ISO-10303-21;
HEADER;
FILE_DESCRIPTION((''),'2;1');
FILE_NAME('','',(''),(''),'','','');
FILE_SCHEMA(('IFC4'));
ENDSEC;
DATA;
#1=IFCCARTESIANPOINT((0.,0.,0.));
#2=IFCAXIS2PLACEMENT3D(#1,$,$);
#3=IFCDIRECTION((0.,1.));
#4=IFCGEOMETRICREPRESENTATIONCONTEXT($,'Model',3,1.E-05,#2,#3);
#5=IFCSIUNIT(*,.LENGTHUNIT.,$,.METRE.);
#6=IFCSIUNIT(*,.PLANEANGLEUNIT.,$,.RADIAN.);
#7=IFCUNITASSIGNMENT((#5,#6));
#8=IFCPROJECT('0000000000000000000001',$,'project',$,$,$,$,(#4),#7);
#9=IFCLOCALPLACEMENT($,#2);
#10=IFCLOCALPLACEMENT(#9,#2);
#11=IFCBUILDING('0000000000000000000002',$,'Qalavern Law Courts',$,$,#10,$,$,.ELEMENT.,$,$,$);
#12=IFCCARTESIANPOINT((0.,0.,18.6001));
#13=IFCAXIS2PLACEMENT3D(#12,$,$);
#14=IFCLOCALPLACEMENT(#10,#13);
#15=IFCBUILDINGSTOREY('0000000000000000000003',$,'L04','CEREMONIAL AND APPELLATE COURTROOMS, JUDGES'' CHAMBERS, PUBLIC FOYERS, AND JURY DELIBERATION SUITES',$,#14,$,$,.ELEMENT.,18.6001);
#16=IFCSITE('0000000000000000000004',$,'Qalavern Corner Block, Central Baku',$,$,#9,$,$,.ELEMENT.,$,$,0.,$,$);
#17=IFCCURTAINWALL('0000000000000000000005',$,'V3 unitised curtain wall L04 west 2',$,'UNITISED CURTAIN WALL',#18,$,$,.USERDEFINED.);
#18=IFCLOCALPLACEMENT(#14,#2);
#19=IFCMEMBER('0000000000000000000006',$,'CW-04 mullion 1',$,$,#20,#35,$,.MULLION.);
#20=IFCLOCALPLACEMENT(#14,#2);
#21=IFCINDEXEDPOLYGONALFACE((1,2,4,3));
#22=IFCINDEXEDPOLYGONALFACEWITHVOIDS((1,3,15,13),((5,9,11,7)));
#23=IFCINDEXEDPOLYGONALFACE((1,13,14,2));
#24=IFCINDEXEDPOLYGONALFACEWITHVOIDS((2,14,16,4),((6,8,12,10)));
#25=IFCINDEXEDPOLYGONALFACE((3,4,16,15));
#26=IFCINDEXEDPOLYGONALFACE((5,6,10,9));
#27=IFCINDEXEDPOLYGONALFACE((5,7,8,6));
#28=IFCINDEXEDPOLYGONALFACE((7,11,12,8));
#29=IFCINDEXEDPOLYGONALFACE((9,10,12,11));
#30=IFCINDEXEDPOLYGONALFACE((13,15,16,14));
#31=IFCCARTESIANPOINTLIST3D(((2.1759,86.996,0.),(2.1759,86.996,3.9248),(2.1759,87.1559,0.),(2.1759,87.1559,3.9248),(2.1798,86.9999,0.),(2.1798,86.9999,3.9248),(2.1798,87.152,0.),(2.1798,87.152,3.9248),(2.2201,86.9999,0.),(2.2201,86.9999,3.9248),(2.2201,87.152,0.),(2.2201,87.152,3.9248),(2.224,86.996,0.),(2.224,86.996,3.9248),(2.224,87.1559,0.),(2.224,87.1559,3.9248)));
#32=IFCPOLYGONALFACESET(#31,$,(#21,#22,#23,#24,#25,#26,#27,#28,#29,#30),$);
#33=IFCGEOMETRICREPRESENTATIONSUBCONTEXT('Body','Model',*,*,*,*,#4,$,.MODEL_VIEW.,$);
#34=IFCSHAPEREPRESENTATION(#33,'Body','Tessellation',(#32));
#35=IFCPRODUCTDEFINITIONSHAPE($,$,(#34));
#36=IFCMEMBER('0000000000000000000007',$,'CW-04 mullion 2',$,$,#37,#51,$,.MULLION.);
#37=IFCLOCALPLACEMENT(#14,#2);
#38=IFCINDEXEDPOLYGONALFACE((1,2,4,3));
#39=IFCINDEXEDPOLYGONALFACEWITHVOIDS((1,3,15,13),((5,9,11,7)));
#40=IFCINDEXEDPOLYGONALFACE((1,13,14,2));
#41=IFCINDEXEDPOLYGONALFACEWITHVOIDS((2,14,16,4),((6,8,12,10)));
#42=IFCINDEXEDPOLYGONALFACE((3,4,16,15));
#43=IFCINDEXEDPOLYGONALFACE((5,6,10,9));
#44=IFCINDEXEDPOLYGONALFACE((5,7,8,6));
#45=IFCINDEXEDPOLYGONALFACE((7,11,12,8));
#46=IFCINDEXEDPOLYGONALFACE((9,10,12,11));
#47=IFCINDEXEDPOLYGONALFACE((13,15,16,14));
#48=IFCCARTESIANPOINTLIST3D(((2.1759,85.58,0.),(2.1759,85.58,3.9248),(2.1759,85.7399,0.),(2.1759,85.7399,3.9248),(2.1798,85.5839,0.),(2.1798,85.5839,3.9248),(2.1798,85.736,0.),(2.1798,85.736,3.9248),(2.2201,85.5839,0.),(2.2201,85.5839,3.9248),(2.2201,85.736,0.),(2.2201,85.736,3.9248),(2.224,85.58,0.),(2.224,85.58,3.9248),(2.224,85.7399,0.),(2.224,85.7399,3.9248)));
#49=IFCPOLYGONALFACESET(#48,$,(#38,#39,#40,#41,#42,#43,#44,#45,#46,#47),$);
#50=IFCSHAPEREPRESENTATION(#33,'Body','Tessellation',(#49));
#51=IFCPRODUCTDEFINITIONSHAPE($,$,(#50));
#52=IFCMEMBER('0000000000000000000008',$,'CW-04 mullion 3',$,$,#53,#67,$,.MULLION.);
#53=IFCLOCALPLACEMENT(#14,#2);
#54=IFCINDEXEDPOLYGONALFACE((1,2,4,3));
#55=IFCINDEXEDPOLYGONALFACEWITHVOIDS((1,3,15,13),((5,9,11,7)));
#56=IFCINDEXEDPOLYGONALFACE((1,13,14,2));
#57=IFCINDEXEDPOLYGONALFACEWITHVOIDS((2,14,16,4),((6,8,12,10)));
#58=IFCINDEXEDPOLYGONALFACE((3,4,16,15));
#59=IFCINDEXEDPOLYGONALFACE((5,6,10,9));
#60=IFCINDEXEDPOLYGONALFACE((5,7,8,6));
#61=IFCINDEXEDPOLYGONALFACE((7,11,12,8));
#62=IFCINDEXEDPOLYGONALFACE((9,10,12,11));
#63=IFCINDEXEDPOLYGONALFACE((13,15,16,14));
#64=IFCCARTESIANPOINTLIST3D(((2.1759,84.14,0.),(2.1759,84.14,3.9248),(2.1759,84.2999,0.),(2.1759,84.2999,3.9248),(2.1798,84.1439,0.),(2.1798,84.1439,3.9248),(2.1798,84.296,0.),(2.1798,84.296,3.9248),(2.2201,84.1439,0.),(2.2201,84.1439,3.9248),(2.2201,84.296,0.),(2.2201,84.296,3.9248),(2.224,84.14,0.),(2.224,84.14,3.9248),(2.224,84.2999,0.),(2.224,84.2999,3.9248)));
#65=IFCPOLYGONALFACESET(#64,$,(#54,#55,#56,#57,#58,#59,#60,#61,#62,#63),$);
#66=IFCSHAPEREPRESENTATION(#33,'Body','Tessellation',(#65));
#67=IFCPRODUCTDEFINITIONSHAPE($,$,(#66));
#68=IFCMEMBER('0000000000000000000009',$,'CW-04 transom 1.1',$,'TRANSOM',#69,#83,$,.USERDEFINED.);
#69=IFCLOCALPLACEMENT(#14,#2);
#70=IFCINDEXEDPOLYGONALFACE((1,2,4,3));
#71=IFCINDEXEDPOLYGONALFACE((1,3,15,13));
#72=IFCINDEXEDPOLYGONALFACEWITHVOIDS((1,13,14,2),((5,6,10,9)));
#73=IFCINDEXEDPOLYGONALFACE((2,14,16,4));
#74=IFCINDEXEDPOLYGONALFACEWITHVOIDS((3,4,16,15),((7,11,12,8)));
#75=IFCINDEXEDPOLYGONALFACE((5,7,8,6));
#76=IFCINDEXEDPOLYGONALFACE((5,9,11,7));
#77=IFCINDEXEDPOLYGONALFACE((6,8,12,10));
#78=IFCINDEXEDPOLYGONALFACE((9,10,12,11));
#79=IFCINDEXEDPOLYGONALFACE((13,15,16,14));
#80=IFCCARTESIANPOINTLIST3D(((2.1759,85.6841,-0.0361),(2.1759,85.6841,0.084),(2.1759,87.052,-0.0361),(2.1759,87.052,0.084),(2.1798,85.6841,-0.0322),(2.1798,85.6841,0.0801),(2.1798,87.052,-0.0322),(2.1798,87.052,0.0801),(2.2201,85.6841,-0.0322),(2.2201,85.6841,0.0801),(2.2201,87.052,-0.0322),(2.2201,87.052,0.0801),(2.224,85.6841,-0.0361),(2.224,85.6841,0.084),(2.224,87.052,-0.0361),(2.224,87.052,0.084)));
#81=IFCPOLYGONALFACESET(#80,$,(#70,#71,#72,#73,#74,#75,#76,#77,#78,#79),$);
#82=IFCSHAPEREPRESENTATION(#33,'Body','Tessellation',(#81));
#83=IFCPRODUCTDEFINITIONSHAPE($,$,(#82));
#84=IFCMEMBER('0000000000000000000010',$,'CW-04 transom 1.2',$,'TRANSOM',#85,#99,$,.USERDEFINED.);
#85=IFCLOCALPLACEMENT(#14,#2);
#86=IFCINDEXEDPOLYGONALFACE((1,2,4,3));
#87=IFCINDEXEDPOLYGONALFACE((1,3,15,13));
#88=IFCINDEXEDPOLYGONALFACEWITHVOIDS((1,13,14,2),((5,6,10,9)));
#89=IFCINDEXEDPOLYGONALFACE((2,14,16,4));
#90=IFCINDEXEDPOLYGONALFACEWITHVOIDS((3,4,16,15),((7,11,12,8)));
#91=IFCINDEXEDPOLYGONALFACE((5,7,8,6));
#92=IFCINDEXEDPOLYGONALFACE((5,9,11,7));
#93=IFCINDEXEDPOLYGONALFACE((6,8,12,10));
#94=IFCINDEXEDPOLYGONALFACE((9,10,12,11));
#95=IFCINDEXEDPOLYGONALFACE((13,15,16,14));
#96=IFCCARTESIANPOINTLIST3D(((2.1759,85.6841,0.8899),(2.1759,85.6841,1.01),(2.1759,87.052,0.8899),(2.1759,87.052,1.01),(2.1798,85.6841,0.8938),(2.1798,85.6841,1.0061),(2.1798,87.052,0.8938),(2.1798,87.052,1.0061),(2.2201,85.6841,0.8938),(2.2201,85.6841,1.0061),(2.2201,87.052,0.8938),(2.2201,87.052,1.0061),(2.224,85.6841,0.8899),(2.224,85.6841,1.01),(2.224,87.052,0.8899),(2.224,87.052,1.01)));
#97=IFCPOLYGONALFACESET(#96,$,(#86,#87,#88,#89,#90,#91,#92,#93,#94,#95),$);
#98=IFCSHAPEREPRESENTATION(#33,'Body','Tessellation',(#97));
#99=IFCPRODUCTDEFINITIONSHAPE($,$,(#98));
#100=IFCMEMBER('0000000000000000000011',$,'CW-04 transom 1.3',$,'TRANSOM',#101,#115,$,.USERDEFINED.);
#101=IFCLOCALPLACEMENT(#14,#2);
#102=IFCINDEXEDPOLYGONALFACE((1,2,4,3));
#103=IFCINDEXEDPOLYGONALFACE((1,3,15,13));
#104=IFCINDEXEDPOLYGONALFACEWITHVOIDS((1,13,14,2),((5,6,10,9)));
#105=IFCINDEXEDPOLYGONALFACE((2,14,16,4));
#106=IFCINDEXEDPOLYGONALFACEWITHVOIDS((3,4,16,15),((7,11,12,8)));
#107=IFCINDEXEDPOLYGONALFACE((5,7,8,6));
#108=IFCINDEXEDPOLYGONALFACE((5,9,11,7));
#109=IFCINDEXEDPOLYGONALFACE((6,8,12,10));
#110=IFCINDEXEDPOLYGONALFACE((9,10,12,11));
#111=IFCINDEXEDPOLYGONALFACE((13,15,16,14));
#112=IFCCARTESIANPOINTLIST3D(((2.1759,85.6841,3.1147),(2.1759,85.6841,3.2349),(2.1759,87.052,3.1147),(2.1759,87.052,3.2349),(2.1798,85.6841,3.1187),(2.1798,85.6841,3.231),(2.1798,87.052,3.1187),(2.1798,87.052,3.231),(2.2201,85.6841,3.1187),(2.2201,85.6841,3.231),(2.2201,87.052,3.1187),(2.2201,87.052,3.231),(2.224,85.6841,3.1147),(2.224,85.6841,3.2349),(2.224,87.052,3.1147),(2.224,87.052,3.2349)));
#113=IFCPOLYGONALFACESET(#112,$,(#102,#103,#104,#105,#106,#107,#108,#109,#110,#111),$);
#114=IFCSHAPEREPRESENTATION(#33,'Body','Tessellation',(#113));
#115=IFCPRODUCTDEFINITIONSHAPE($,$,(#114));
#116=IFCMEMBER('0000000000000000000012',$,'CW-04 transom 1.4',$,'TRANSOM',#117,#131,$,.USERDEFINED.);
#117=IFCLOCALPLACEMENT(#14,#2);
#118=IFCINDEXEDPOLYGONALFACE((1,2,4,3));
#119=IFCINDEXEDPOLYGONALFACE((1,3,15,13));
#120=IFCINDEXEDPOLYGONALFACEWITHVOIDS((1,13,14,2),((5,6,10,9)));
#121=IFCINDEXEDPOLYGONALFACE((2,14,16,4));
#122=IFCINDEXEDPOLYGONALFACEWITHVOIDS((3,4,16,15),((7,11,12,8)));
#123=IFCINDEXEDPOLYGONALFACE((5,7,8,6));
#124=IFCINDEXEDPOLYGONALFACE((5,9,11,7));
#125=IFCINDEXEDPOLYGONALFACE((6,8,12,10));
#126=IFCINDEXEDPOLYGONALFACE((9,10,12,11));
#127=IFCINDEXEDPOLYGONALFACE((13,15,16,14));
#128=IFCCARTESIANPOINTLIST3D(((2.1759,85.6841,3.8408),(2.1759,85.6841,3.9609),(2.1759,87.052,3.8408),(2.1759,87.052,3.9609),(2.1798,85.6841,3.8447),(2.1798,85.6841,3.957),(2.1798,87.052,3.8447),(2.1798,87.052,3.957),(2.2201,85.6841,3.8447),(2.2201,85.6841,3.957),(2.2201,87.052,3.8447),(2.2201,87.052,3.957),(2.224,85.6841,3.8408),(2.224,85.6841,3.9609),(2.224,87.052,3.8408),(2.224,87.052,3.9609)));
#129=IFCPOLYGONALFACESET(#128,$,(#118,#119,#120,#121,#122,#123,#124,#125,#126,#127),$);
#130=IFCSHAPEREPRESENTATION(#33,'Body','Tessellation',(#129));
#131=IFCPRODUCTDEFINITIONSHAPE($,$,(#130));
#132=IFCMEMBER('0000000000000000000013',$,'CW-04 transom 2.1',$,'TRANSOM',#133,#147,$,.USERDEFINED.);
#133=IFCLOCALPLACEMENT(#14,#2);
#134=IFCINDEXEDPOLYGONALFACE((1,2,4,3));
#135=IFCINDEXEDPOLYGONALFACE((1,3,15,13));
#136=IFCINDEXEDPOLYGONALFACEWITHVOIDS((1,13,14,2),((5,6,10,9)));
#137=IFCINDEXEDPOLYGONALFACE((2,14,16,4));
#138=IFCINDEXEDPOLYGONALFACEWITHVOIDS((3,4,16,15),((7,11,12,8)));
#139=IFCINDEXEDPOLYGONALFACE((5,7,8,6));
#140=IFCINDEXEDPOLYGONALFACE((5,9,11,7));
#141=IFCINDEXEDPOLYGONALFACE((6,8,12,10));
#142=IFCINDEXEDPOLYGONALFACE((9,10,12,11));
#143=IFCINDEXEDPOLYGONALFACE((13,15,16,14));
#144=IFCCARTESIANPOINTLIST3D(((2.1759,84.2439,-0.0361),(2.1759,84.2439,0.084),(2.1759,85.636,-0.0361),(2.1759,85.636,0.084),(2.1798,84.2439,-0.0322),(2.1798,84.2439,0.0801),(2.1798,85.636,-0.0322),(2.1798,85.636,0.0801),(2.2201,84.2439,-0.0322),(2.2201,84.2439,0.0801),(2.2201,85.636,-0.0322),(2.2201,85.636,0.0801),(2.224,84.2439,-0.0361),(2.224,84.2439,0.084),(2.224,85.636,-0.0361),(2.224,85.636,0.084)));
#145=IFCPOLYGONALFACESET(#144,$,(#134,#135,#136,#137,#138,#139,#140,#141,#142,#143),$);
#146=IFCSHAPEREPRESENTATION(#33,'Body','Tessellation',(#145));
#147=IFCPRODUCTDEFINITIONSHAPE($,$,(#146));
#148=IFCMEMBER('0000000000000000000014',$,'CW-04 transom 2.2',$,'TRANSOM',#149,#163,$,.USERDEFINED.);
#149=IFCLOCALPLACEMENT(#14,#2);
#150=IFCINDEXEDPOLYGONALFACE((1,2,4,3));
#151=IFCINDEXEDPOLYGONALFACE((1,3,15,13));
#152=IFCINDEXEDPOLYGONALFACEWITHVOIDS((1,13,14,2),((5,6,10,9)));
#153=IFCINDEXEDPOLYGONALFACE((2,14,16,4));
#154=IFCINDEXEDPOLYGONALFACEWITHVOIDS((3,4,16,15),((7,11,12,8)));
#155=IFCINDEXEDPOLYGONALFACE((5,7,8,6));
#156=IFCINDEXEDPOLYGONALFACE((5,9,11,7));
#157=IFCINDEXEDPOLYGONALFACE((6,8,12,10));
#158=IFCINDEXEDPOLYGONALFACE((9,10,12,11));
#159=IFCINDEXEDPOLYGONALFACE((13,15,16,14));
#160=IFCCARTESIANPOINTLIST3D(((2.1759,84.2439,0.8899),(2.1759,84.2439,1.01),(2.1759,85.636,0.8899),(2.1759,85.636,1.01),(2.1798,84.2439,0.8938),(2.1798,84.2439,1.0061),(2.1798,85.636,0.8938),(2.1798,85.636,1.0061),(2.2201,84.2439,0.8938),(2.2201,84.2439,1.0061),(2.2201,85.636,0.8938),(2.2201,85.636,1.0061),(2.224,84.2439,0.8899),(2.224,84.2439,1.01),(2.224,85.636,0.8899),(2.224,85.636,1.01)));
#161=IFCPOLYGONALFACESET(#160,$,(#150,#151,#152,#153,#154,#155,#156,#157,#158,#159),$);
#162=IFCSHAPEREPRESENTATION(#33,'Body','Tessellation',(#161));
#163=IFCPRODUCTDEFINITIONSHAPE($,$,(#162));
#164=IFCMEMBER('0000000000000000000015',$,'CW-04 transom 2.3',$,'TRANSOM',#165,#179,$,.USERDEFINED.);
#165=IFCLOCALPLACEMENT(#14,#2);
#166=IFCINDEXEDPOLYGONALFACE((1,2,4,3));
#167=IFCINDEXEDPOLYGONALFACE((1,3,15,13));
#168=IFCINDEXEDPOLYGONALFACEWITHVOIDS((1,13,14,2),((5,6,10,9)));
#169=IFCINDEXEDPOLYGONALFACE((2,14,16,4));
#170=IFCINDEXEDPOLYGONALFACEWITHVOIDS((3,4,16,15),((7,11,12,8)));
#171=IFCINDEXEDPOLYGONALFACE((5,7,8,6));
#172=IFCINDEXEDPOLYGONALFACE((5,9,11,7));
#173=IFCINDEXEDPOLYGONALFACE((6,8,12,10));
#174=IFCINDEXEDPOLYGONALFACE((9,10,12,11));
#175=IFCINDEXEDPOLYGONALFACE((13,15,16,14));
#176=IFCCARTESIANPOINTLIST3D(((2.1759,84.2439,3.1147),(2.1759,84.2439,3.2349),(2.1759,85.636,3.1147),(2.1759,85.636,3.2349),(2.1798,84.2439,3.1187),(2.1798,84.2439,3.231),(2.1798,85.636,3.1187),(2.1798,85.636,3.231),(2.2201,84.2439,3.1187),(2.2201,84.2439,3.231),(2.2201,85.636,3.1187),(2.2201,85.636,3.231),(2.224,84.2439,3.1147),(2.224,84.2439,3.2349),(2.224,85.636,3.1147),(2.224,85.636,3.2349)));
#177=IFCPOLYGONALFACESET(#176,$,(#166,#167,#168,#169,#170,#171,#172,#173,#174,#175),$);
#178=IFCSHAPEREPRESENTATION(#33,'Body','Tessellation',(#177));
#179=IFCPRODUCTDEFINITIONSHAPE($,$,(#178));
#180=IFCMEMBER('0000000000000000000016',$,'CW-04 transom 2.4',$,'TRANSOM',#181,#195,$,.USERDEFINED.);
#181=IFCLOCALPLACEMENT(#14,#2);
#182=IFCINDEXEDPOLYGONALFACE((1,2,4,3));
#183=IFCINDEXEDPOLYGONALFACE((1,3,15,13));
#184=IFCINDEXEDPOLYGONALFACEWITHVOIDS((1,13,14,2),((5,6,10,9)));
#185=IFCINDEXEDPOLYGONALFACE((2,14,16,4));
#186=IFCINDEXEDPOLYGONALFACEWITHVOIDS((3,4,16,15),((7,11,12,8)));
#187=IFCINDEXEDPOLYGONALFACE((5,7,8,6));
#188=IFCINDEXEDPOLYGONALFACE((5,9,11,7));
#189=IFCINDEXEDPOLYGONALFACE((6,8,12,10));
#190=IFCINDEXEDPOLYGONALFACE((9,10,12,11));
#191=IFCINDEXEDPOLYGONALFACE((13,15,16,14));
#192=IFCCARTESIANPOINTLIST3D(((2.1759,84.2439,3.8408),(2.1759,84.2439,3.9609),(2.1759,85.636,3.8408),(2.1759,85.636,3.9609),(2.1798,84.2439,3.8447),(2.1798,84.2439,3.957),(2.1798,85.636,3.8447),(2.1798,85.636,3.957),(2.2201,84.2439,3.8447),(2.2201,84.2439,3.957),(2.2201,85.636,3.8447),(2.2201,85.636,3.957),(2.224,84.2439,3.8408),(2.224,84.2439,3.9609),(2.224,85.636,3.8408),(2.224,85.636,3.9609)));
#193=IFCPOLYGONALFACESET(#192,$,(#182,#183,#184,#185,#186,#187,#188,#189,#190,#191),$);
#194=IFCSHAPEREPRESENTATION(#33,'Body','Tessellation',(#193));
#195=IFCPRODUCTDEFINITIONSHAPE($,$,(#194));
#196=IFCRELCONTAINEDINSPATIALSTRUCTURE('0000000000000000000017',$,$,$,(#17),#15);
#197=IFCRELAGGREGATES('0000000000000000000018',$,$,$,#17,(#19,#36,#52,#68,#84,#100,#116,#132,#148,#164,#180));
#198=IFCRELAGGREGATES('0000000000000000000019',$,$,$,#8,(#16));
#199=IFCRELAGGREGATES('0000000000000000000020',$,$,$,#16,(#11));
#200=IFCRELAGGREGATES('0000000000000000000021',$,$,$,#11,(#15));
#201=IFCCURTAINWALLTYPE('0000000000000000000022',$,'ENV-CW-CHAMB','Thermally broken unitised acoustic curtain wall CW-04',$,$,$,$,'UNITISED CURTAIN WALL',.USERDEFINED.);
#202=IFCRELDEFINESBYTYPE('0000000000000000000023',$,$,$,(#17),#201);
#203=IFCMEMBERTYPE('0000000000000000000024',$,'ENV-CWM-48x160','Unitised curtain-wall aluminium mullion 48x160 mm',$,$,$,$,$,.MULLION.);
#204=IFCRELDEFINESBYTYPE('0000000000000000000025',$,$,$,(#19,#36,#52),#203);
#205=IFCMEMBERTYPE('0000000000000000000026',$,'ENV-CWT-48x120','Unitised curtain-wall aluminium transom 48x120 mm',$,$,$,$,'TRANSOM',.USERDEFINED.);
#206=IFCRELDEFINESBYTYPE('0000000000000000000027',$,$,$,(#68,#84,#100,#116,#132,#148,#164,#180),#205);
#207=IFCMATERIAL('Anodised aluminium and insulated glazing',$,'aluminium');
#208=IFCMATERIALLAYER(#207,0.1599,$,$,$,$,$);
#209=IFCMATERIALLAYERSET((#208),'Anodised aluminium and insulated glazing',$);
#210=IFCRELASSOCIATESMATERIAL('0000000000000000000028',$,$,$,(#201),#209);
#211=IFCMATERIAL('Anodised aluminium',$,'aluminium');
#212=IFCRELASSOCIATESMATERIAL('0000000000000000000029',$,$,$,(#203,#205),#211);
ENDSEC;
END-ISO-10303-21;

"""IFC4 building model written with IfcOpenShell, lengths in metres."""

from ifc_helpers import new_model, si_unit, direction, frame, origin, origin_2d, place, context, subcontext, project, spatial, hollow_rectangle, extrude, material, layer, layer_set, material_profile, profile_set, type_object, element, aggregate, save


model = new_model("IFC4")

# Units and contexts
model_context = context("Model", 3, precision=1e-05, world=origin(), true_north=direction((0.0, 1.0)))
body_context = subcontext(model_context, "Body", "Model", "MODEL_VIEW")
ifc_project = project(units=[si_unit("LENGTHUNIT", "METRE"), si_unit("PLANEANGLEUNIT", "RADIAN")], contexts=[model_context])

# Site, building, storey
site_placement = place(None, origin())
site = spatial("IfcSite", under=ifc_project, at=site_placement, Name="Qalavern Corner Block, Central Baku", CompositionType="ELEMENT", RefElevation=0.0)
building_placement = place(site_placement, origin())
building = spatial("IfcBuilding", under=site, at=building_placement, Name="Qalavern Law Courts", CompositionType="ELEMENT")
storey_placement = place(building_placement, frame((0.0, 0.0, 18.6001)))
storey = spatial("IfcBuildingStorey", under=building, at=storey_placement, Name="L04", Description="CEREMONIAL AND APPELLATE COURTROOMS, JUDGES' CHAMBERS, PUBLIC FOYERS, AND JURY DELIBERATION SUITES", CompositionType="ELEMENT", Elevation=18.6001)

# Curtain wall, members
ifc_material_1 = material(Name="Anodised aluminium and insulated glazing", Category="aluminium")
ifc_layer_1 = layer(ifc_material_1, 0.1599)
ifc_layer_set_1 = layer_set([ifc_layer_1], Name="Anodised aluminium and insulated glazing")
curtain_wall_type = type_object("IfcCurtainWallType", Name="ENV-CW-CHAMB", Description="Thermally broken unitised acoustic curtain wall CW-04", ElementType="UNITISED CURTAIN WALL", PredefinedType="USERDEFINED", material=ifc_layer_set_1)
curtain_wall_placement = place(storey_placement, origin())
curtain_wall = element("IfcCurtainWall", 1, at=curtain_wall_placement, inside=storey, type_object=curtain_wall_type, Name="V3 unitised curtain wall L04 west 2", ObjectType="UNITISED CURTAIN WALL", PredefinedType="USERDEFINED")
ifc_material_2 = material(Name="Anodised aluminium", Category="aluminium")
ifc_material_profile_1 = material_profile(ifc_material_2, hollow_rectangle(XDim=0.0481, YDim=0.1599, WallThickness=0.0039, at=origin_2d()), Name="ALU MULLION 48x160")
ifc_profile_set_1 = profile_set([ifc_material_profile_1], Name="Anodised aluminium")
member_type_1 = type_object("IfcMemberType", Name="ENV-CWM-48x160", Description="Unitised curtain-wall aluminium mullion 48x160 mm", PredefinedType="MULLION", material=ifc_profile_set_1)
member_1_placement = place(storey_placement, frame((2.2, 87.0759, 0.0), z_axis=(0.0, 0.0, 1.0), x_axis=(1.0, 0.0, 0.0)))
member_1 = element("IfcMember", 2, at=member_1_placement, type_object=member_type_1, Name="CW-04 mullion 1", PredefinedType="MULLION", context=body_context, shape_type="SweptSolid", body=[
    extrude(hollow_rectangle(XDim=0.0481, YDim=0.1599, WallThickness=0.0039, at=origin_2d()), origin(), (0.0, 0.0, 1.0), 3.9248),
])
member_2_placement = place(storey_placement, frame((2.2, 85.6599, 0.0), z_axis=(0.0, 0.0, 1.0), x_axis=(1.0, 0.0, 0.0)))
member_2 = element("IfcMember", 3, at=member_2_placement, type_object=member_type_1, Name="CW-04 mullion 2", PredefinedType="MULLION", context=body_context, shape_type="SweptSolid", body=[
    extrude(hollow_rectangle(XDim=0.0481, YDim=0.1599, WallThickness=0.0039, at=origin_2d()), origin(), (0.0, 0.0, 1.0), 3.9248),
])
member_3_placement = place(storey_placement, frame((2.2, 84.22, 0.0), z_axis=(0.0, 0.0, 1.0), x_axis=(1.0, 0.0, 0.0)))
member_3 = element("IfcMember", 4, at=member_3_placement, type_object=member_type_1, Name="CW-04 mullion 3", PredefinedType="MULLION", context=body_context, shape_type="SweptSolid", body=[
    extrude(hollow_rectangle(XDim=0.0481, YDim=0.1599, WallThickness=0.0039, at=origin_2d()), origin(), (0.0, 0.0, 1.0), 3.9248),
])
ifc_material_profile_2 = material_profile(ifc_material_2, hollow_rectangle(XDim=0.0481, YDim=0.1201, WallThickness=0.0039, at=origin_2d()), Name="ALU TRANSOM 48x120")
ifc_profile_set_2 = profile_set([ifc_material_profile_2], Name="Anodised aluminium")
member_type_2 = type_object("IfcMemberType", Name="ENV-CWT-48x120", Description="Unitised curtain-wall aluminium transom 48x120 mm", ElementType="TRANSOM", PredefinedType="USERDEFINED", material=ifc_profile_set_2)
member_4_placement = place(storey_placement, frame((2.2, 87.052, 0.0239), z_axis=(0.0, -1.0, 0.0), x_axis=(1.0, 0.0, 0.0)))
member_4 = element("IfcMember", 5, at=member_4_placement, type_object=member_type_2, Name="CW-04 transom 1.1", ObjectType="TRANSOM", PredefinedType="USERDEFINED", context=body_context, shape_type="SweptSolid", body=[
    extrude(hollow_rectangle(XDim=0.0481, YDim=0.1201, WallThickness=0.0039, at=origin_2d()), origin(), (0.0, 0.0, 1.0), 1.3679),
])
member_5_placement = place(storey_placement, frame((2.2, 87.052, 0.95), z_axis=(0.0, -1.0, 0.0), x_axis=(1.0, 0.0, 0.0)))
member_5 = element("IfcMember", 6, at=member_5_placement, type_object=member_type_2, Name="CW-04 transom 1.2", ObjectType="TRANSOM", PredefinedType="USERDEFINED", context=body_context, shape_type="SweptSolid", body=[
    extrude(hollow_rectangle(XDim=0.0481, YDim=0.1201, WallThickness=0.0039, at=origin_2d()), origin(), (0.0, 0.0, 1.0), 1.3679),
])
member_6_placement = place(storey_placement, frame((2.2, 87.052, 3.1748), z_axis=(0.0, -1.0, 0.0), x_axis=(1.0, 0.0, 0.0)))
member_6 = element("IfcMember", 7, at=member_6_placement, type_object=member_type_2, Name="CW-04 transom 1.3", ObjectType="TRANSOM", PredefinedType="USERDEFINED", context=body_context, shape_type="SweptSolid", body=[
    extrude(hollow_rectangle(XDim=0.0481, YDim=0.1201, WallThickness=0.0039, at=origin_2d()), origin(), (0.0, 0.0, 1.0), 1.3679),
])
member_7_placement = place(storey_placement, frame((2.2, 87.052, 3.9009), z_axis=(0.0, -1.0, 0.0), x_axis=(1.0, 0.0, 0.0)))
member_7 = element("IfcMember", 8, at=member_7_placement, type_object=member_type_2, Name="CW-04 transom 1.4", ObjectType="TRANSOM", PredefinedType="USERDEFINED", context=body_context, shape_type="SweptSolid", body=[
    extrude(hollow_rectangle(XDim=0.0481, YDim=0.1201, WallThickness=0.0039, at=origin_2d()), origin(), (0.0, 0.0, 1.0), 1.3679),
])
member_8_placement = place(storey_placement, frame((2.2, 85.636, 0.0239), z_axis=(0.0, -1.0, 0.0), x_axis=(1.0, 0.0, 0.0)))
member_8 = element("IfcMember", 9, at=member_8_placement, type_object=member_type_2, Name="CW-04 transom 2.1", ObjectType="TRANSOM", PredefinedType="USERDEFINED", context=body_context, shape_type="SweptSolid", body=[
    extrude(hollow_rectangle(XDim=0.0481, YDim=0.1201, WallThickness=0.0039, at=origin_2d()), origin(), (0.0, 0.0, 1.0), 1.3921),
])
member_9_placement = place(storey_placement, frame((2.2, 85.636, 0.95), z_axis=(0.0, -1.0, 0.0), x_axis=(1.0, 0.0, 0.0)))
member_9 = element("IfcMember", 10, at=member_9_placement, type_object=member_type_2, Name="CW-04 transom 2.2", ObjectType="TRANSOM", PredefinedType="USERDEFINED", context=body_context, shape_type="SweptSolid", body=[
    extrude(hollow_rectangle(XDim=0.0481, YDim=0.1201, WallThickness=0.0039, at=origin_2d()), origin(), (0.0, 0.0, 1.0), 1.3921),
])
member_10_placement = place(storey_placement, frame((2.2, 85.636, 3.1748), z_axis=(0.0, -1.0, 0.0), x_axis=(1.0, 0.0, 0.0)))
member_10 = element("IfcMember", 11, at=member_10_placement, type_object=member_type_2, Name="CW-04 transom 2.3", ObjectType="TRANSOM", PredefinedType="USERDEFINED", context=body_context, shape_type="SweptSolid", body=[
    extrude(hollow_rectangle(XDim=0.0481, YDim=0.1201, WallThickness=0.0039, at=origin_2d()), origin(), (0.0, 0.0, 1.0), 1.3921),
])
member_11_placement = place(storey_placement, frame((2.2, 85.636, 3.9009), z_axis=(0.0, -1.0, 0.0), x_axis=(1.0, 0.0, 0.0)))
member_11 = element("IfcMember", 12, at=member_11_placement, type_object=member_type_2, Name="CW-04 transom 2.4", ObjectType="TRANSOM", PredefinedType="USERDEFINED", context=body_context, shape_type="SweptSolid", body=[
    extrude(hollow_rectangle(XDim=0.0481, YDim=0.1201, WallThickness=0.0039, at=origin_2d()), origin(), (0.0, 0.0, 1.0), 1.3921),
])
aggregate(curtain_wall, [member_1, member_2, member_3, member_4, member_5, member_6, member_7, member_8, member_9, member_10, member_11])

save(model, "model.ifc")
